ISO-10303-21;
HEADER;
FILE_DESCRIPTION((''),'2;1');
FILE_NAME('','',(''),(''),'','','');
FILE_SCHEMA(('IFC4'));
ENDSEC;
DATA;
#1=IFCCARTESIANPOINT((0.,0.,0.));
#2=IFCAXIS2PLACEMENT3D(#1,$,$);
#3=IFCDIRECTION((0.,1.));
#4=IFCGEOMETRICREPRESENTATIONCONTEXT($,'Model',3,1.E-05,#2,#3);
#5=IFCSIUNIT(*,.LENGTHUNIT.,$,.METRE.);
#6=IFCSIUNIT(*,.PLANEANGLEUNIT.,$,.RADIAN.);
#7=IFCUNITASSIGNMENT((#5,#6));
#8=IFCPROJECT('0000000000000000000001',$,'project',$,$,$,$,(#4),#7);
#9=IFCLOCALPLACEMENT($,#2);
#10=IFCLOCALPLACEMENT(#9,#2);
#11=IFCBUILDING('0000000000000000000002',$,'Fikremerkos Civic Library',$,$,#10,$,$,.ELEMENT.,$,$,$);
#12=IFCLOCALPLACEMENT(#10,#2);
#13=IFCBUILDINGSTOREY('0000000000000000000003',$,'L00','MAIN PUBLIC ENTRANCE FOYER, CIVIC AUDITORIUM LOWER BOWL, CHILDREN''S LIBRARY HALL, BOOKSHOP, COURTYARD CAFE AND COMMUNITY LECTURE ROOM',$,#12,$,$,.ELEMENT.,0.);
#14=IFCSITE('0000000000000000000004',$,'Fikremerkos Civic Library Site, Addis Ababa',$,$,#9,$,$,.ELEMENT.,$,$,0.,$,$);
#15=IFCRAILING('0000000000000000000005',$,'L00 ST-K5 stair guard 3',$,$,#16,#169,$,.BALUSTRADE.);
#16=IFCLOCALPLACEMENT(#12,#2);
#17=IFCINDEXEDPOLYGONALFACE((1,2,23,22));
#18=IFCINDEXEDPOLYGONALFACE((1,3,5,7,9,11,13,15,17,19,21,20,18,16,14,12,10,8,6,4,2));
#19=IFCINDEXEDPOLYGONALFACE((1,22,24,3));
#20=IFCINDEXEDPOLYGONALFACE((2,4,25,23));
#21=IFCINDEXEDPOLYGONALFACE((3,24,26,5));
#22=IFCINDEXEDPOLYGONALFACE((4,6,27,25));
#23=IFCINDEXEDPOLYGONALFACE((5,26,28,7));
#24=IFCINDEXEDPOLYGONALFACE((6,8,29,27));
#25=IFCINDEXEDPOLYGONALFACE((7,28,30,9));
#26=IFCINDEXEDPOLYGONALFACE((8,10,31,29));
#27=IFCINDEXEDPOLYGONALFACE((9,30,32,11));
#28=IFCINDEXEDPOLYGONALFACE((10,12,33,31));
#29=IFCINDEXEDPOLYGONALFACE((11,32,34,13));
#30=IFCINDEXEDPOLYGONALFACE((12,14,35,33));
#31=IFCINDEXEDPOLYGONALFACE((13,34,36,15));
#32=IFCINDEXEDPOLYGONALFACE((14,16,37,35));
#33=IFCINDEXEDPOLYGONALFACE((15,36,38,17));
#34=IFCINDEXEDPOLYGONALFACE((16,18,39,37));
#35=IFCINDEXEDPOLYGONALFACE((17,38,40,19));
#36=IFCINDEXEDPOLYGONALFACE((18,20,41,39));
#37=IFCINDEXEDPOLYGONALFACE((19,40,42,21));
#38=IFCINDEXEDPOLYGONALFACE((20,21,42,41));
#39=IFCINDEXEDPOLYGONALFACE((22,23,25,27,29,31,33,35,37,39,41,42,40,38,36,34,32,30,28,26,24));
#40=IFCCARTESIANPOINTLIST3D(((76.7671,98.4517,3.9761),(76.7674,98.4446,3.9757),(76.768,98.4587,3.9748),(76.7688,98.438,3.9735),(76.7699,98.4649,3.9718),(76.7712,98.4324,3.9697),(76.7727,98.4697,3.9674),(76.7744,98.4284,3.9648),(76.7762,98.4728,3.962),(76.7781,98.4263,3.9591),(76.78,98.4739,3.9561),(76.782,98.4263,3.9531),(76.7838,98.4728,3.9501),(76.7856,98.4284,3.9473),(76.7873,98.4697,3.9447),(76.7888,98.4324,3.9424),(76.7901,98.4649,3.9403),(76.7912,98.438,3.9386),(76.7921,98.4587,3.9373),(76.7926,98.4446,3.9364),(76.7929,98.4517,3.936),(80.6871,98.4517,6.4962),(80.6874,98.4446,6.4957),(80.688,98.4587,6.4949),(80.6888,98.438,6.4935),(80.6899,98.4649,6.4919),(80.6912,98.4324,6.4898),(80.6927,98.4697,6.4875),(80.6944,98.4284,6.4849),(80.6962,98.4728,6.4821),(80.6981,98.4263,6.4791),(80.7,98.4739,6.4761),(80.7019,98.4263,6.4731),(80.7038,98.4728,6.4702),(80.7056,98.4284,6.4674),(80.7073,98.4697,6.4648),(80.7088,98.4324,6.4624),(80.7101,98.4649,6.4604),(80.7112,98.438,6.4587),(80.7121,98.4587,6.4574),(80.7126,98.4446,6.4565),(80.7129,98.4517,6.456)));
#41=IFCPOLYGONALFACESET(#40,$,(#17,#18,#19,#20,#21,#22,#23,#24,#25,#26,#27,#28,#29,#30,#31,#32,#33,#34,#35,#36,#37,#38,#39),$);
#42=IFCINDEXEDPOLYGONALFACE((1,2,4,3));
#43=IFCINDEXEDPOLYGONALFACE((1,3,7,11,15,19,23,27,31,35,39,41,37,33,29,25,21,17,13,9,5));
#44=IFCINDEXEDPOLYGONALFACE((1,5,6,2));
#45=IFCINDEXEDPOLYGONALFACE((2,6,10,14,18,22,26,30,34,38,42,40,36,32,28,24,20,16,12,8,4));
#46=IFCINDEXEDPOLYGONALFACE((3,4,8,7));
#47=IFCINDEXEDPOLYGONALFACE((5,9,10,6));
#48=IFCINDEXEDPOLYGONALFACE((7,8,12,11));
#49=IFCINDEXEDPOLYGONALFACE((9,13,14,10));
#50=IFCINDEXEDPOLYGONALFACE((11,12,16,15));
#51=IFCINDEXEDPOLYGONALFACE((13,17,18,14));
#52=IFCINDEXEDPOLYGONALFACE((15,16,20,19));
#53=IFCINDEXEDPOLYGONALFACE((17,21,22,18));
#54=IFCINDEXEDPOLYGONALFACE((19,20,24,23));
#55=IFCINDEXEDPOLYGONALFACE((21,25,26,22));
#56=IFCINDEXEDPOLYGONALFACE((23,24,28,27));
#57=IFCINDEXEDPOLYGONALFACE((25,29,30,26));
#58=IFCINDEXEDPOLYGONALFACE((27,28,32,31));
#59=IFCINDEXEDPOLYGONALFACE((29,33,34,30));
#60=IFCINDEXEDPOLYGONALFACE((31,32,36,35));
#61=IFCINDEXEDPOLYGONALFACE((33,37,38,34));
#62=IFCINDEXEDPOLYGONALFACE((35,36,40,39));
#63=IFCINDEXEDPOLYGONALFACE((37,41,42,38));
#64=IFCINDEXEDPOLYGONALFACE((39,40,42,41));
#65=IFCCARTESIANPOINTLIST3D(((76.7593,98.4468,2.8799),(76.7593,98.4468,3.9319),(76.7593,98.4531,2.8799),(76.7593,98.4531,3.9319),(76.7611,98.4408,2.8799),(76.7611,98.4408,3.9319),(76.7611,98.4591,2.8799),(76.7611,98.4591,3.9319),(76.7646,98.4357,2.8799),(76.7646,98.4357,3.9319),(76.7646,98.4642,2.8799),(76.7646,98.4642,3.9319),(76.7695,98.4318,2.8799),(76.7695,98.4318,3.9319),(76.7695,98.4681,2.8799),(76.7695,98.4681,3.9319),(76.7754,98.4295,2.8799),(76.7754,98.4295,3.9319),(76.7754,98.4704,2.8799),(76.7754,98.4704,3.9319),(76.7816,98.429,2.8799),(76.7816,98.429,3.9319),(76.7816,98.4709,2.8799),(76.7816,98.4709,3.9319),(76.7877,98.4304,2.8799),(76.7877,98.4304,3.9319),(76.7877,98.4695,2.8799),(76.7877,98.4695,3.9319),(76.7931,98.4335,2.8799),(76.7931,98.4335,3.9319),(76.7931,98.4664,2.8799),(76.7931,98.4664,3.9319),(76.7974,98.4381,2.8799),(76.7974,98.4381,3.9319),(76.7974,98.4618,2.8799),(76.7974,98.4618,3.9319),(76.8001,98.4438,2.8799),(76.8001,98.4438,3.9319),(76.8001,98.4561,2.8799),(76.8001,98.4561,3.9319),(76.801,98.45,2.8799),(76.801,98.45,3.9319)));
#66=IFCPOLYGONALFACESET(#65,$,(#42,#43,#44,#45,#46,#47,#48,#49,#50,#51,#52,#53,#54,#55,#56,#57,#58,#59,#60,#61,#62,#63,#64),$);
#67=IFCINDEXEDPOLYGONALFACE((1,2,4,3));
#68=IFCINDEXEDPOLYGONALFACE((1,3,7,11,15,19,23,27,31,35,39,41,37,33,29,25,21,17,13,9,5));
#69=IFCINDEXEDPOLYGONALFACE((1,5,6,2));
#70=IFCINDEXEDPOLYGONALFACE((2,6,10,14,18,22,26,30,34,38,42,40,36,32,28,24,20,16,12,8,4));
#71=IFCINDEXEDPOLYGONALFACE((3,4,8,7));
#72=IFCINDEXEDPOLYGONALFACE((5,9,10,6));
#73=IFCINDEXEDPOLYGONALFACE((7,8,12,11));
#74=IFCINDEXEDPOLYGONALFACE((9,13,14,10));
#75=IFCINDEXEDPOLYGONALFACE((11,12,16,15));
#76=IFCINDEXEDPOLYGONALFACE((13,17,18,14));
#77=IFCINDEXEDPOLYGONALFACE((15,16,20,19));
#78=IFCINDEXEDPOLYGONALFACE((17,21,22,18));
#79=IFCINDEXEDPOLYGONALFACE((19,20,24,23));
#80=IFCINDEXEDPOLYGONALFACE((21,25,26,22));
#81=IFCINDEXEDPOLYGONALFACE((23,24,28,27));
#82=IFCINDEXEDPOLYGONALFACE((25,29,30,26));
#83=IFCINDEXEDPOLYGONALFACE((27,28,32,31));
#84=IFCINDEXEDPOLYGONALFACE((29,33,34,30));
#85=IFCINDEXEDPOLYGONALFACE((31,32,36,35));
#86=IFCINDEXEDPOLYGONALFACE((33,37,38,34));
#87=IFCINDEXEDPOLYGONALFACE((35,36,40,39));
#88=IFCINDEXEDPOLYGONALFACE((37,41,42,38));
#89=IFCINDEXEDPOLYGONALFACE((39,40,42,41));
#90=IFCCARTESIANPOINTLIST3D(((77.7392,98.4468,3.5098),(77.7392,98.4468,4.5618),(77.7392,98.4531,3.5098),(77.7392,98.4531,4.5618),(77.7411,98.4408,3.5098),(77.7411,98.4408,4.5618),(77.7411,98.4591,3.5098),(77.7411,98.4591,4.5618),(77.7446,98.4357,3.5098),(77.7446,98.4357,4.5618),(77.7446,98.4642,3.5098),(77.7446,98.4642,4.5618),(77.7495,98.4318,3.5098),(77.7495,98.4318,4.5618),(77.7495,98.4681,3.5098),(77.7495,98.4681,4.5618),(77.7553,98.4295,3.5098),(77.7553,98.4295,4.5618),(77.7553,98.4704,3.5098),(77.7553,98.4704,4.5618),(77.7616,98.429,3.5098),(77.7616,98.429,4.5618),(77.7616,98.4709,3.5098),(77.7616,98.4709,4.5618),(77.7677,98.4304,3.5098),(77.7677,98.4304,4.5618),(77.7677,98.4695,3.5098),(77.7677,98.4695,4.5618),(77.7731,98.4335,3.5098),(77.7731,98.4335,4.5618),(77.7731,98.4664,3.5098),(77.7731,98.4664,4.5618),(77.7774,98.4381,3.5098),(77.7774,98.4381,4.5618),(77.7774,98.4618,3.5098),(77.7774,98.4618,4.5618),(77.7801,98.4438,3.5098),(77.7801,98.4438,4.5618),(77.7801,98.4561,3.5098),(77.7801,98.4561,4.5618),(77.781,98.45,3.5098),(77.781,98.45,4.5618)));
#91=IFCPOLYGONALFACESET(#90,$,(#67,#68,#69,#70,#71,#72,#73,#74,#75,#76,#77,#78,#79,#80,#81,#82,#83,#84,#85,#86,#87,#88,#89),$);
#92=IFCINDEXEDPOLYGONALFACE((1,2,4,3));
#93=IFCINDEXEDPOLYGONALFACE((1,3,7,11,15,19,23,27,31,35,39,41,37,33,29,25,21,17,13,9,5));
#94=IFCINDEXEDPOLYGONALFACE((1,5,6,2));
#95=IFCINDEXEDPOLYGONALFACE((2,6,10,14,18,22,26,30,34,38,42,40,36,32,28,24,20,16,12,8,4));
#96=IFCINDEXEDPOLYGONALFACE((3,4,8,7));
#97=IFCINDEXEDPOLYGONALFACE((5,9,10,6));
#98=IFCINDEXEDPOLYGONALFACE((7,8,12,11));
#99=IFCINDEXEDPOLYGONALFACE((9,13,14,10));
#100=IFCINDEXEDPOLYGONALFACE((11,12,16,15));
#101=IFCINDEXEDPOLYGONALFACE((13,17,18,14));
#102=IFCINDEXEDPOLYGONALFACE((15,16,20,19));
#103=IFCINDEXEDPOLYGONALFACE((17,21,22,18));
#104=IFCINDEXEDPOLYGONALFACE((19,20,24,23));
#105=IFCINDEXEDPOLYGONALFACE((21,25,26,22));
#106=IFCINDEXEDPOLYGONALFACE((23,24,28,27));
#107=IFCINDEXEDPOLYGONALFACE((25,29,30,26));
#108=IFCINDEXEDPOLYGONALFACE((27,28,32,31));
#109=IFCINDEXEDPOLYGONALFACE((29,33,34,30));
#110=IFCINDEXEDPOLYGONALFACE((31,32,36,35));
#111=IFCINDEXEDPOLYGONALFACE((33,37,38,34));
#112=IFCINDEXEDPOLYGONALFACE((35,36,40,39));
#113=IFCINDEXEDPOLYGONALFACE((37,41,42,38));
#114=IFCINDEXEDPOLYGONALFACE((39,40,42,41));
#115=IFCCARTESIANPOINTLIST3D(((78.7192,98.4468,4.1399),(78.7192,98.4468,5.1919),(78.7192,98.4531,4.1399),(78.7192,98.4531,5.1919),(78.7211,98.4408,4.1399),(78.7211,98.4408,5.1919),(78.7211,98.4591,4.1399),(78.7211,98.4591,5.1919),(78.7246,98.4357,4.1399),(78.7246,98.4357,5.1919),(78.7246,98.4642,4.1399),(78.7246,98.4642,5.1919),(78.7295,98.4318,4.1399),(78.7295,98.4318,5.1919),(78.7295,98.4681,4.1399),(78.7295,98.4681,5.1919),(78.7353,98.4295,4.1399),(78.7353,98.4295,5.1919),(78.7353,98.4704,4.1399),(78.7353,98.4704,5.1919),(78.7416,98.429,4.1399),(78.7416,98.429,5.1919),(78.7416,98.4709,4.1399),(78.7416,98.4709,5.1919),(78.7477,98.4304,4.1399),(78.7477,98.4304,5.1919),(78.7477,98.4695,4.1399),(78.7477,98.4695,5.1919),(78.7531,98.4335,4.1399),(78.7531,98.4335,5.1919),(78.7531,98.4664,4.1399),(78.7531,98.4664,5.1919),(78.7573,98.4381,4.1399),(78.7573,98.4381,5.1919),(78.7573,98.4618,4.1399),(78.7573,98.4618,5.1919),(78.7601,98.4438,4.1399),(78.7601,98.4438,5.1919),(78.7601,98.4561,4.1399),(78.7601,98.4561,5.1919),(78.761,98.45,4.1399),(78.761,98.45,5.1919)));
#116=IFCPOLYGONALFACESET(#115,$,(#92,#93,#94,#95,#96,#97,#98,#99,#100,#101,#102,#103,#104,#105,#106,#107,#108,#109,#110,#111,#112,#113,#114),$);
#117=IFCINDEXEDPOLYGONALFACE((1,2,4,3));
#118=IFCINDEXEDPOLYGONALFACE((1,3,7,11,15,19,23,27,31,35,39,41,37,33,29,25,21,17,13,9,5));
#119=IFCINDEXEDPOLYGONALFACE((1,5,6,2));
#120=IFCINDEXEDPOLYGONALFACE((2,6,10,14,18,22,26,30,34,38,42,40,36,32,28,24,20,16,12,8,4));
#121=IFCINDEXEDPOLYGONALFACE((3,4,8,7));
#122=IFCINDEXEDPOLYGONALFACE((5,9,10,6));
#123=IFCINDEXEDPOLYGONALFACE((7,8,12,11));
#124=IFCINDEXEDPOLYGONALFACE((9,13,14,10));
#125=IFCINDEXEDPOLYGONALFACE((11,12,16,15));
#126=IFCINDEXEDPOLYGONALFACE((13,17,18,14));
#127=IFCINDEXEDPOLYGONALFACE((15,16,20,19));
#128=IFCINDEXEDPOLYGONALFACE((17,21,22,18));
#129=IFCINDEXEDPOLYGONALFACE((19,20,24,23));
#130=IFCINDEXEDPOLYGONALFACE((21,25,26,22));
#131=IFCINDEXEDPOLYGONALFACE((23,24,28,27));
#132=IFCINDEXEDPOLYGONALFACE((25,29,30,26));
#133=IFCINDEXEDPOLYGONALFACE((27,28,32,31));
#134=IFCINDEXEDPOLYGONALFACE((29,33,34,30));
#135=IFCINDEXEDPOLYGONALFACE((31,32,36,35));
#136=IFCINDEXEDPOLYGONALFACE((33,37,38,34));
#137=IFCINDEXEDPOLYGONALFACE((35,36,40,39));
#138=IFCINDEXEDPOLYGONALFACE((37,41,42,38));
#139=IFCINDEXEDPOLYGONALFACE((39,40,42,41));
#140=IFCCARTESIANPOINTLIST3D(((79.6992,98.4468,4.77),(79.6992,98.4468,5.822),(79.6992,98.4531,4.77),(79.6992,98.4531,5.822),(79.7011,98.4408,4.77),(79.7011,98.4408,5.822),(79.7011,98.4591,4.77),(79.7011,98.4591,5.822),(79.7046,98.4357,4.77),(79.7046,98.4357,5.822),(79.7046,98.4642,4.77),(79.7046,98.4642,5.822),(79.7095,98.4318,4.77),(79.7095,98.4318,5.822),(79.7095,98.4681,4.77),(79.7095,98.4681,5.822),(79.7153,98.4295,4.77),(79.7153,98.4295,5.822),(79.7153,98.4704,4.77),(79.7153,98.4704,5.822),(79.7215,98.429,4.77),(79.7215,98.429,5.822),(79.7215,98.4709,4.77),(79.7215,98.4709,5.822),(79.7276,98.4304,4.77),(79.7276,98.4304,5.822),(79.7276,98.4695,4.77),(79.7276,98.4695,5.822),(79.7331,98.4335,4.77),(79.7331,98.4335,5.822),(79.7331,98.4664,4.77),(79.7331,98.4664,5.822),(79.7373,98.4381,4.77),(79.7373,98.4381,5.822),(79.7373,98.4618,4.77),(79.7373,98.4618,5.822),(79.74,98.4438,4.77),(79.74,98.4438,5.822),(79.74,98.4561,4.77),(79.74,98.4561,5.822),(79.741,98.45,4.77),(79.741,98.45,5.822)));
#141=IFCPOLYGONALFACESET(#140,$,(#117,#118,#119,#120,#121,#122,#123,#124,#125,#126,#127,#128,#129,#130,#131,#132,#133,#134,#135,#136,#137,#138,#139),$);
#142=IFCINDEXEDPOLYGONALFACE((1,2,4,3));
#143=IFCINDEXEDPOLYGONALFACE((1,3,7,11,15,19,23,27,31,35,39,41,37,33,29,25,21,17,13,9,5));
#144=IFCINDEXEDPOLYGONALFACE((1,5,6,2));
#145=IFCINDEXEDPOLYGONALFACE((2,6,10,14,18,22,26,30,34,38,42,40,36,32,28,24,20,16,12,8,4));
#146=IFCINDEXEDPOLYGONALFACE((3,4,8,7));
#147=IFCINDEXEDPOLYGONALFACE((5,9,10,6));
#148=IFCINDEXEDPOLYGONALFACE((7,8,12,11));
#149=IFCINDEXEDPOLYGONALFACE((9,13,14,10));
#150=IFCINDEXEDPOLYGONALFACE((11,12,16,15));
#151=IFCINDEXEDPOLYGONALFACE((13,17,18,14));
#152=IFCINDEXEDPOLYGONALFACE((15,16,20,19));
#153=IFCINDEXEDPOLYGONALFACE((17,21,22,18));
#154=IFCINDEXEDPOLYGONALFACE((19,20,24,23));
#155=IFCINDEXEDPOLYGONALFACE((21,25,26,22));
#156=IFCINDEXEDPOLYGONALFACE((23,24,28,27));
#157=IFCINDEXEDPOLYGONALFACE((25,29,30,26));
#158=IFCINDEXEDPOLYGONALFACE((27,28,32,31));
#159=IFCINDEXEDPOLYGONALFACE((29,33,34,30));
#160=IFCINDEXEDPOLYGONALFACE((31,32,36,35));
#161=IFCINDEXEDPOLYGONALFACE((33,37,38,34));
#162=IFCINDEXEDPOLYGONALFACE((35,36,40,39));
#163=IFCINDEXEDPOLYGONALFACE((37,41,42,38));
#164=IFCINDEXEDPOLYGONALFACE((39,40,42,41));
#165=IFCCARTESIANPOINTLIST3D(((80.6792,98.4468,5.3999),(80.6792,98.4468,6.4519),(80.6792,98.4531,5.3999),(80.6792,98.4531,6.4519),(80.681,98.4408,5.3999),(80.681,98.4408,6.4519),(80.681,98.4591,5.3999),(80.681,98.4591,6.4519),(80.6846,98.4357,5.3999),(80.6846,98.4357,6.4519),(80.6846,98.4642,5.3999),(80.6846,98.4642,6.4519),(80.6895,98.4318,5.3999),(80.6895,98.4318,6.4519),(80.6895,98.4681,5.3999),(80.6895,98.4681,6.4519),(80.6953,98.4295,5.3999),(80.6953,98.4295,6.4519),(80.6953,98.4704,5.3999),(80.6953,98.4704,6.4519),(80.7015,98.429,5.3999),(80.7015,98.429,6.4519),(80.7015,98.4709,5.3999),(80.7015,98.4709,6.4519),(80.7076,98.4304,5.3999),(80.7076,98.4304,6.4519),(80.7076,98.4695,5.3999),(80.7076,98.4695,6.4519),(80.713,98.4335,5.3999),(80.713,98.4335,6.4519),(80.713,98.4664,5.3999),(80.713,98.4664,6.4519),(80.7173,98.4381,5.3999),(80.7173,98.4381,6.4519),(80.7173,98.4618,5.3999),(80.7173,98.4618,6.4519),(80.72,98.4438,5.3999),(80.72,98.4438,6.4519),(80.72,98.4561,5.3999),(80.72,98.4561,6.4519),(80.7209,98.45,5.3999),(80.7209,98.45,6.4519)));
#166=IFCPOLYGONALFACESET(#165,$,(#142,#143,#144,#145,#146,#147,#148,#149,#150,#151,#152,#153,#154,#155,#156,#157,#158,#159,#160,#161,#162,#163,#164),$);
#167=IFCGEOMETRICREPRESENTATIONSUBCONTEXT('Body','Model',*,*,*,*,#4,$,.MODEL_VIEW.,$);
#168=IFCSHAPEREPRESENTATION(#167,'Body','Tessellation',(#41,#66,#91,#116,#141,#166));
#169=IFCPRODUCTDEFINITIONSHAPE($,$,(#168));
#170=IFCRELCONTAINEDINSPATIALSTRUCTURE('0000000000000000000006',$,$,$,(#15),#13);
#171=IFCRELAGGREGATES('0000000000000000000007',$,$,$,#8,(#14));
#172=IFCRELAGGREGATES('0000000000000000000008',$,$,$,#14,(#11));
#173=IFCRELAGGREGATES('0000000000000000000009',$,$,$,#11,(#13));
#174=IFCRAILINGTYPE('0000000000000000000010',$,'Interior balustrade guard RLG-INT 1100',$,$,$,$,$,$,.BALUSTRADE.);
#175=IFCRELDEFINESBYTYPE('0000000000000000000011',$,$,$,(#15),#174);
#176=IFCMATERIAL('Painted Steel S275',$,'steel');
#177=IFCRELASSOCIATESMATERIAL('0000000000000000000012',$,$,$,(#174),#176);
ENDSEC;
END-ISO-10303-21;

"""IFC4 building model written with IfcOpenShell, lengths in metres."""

from ifc_helpers import new_model, si_unit, direction, frame, origin, origin_2d, place, context, subcontext, project, spatial, circle, extrude, material, type_object, element, save


model = new_model("IFC4")

# Units and contexts
model_context = context("Model", 3, precision=1e-05, world=origin(), true_north=direction((0.0, 1.0)))
body_context = subcontext(model_context, "Body", "Model", "MODEL_VIEW")
ifc_project = project(units=[si_unit("LENGTHUNIT", "METRE"), si_unit("PLANEANGLEUNIT", "RADIAN")], contexts=[model_context])

# Site, building, storey
site_placement = place(None, origin())
site = spatial("IfcSite", under=ifc_project, at=site_placement, Name="Fikremerkos Civic Library Site, Addis Ababa", CompositionType="ELEMENT", RefElevation=0.0)
building_placement = place(site_placement, origin())
building = spatial("IfcBuilding", under=site, at=building_placement, Name="Fikremerkos Civic Library", CompositionType="ELEMENT")
storey_placement = place(building_placement, origin())
storey = spatial("IfcBuildingStorey", under=building, at=storey_placement, Name="L00", Description="MAIN PUBLIC ENTRANCE FOYER, CIVIC AUDITORIUM LOWER BOWL, CHILDREN'S LIBRARY HALL, BOOKSHOP, COURTYARD CAFE AND COMMUNITY LECTURE ROOM", CompositionType="ELEMENT", Elevation=0.0)

# Railing
ifc_material_1 = material(Name="Painted Steel S275", Category="steel")
railing_type_1 = type_object("IfcRailingType", Name="Interior balustrade guard RLG-INT 1100", PredefinedType="BALUSTRADE", material=ifc_material_1)
railing_1_placement = place(storey_placement, frame((76.78, 98.45, 2.8799)))
element("IfcRailing", 1, at=railing_1_placement, inside=storey, type_object=railing_type_1, Name="L00 ST-K5 stair guard 3", PredefinedType="BALUSTRADE", context=body_context, shape_type="SweptSolid", body=[
    extrude(circle(Radius=0.0239, at=origin_2d()), frame((0.0, 0.0, 1.0762), z_axis=(0.841172, 0.0, 0.540768), x_axis=(0.0, 1.0, 0.0)), (0.0, 0.0, 1.0), 4.6602),
    extrude(circle(Radius=0.021, at=origin_2d()), origin(), (0.0, 0.0, 1.0), 1.052),
    extrude(circle(Radius=0.021, at=origin_2d()), frame((0.98, 0.0, 0.6299)), (0.0, 0.0, 1.0), 1.052),
    extrude(circle(Radius=0.021, at=origin_2d()), frame((1.96, 0.0, 1.26)), (0.0, 0.0, 1.0), 1.052),
    extrude(circle(Radius=0.021, at=origin_2d()), frame((2.9399, 0.0, 1.8901)), (0.0, 0.0, 1.0), 1.052),
    extrude(circle(Radius=0.021, at=origin_2d()), frame((3.9199, 0.0, 2.52)), (0.0, 0.0, 1.0), 1.052),
])

save(model, "model.ifc")
